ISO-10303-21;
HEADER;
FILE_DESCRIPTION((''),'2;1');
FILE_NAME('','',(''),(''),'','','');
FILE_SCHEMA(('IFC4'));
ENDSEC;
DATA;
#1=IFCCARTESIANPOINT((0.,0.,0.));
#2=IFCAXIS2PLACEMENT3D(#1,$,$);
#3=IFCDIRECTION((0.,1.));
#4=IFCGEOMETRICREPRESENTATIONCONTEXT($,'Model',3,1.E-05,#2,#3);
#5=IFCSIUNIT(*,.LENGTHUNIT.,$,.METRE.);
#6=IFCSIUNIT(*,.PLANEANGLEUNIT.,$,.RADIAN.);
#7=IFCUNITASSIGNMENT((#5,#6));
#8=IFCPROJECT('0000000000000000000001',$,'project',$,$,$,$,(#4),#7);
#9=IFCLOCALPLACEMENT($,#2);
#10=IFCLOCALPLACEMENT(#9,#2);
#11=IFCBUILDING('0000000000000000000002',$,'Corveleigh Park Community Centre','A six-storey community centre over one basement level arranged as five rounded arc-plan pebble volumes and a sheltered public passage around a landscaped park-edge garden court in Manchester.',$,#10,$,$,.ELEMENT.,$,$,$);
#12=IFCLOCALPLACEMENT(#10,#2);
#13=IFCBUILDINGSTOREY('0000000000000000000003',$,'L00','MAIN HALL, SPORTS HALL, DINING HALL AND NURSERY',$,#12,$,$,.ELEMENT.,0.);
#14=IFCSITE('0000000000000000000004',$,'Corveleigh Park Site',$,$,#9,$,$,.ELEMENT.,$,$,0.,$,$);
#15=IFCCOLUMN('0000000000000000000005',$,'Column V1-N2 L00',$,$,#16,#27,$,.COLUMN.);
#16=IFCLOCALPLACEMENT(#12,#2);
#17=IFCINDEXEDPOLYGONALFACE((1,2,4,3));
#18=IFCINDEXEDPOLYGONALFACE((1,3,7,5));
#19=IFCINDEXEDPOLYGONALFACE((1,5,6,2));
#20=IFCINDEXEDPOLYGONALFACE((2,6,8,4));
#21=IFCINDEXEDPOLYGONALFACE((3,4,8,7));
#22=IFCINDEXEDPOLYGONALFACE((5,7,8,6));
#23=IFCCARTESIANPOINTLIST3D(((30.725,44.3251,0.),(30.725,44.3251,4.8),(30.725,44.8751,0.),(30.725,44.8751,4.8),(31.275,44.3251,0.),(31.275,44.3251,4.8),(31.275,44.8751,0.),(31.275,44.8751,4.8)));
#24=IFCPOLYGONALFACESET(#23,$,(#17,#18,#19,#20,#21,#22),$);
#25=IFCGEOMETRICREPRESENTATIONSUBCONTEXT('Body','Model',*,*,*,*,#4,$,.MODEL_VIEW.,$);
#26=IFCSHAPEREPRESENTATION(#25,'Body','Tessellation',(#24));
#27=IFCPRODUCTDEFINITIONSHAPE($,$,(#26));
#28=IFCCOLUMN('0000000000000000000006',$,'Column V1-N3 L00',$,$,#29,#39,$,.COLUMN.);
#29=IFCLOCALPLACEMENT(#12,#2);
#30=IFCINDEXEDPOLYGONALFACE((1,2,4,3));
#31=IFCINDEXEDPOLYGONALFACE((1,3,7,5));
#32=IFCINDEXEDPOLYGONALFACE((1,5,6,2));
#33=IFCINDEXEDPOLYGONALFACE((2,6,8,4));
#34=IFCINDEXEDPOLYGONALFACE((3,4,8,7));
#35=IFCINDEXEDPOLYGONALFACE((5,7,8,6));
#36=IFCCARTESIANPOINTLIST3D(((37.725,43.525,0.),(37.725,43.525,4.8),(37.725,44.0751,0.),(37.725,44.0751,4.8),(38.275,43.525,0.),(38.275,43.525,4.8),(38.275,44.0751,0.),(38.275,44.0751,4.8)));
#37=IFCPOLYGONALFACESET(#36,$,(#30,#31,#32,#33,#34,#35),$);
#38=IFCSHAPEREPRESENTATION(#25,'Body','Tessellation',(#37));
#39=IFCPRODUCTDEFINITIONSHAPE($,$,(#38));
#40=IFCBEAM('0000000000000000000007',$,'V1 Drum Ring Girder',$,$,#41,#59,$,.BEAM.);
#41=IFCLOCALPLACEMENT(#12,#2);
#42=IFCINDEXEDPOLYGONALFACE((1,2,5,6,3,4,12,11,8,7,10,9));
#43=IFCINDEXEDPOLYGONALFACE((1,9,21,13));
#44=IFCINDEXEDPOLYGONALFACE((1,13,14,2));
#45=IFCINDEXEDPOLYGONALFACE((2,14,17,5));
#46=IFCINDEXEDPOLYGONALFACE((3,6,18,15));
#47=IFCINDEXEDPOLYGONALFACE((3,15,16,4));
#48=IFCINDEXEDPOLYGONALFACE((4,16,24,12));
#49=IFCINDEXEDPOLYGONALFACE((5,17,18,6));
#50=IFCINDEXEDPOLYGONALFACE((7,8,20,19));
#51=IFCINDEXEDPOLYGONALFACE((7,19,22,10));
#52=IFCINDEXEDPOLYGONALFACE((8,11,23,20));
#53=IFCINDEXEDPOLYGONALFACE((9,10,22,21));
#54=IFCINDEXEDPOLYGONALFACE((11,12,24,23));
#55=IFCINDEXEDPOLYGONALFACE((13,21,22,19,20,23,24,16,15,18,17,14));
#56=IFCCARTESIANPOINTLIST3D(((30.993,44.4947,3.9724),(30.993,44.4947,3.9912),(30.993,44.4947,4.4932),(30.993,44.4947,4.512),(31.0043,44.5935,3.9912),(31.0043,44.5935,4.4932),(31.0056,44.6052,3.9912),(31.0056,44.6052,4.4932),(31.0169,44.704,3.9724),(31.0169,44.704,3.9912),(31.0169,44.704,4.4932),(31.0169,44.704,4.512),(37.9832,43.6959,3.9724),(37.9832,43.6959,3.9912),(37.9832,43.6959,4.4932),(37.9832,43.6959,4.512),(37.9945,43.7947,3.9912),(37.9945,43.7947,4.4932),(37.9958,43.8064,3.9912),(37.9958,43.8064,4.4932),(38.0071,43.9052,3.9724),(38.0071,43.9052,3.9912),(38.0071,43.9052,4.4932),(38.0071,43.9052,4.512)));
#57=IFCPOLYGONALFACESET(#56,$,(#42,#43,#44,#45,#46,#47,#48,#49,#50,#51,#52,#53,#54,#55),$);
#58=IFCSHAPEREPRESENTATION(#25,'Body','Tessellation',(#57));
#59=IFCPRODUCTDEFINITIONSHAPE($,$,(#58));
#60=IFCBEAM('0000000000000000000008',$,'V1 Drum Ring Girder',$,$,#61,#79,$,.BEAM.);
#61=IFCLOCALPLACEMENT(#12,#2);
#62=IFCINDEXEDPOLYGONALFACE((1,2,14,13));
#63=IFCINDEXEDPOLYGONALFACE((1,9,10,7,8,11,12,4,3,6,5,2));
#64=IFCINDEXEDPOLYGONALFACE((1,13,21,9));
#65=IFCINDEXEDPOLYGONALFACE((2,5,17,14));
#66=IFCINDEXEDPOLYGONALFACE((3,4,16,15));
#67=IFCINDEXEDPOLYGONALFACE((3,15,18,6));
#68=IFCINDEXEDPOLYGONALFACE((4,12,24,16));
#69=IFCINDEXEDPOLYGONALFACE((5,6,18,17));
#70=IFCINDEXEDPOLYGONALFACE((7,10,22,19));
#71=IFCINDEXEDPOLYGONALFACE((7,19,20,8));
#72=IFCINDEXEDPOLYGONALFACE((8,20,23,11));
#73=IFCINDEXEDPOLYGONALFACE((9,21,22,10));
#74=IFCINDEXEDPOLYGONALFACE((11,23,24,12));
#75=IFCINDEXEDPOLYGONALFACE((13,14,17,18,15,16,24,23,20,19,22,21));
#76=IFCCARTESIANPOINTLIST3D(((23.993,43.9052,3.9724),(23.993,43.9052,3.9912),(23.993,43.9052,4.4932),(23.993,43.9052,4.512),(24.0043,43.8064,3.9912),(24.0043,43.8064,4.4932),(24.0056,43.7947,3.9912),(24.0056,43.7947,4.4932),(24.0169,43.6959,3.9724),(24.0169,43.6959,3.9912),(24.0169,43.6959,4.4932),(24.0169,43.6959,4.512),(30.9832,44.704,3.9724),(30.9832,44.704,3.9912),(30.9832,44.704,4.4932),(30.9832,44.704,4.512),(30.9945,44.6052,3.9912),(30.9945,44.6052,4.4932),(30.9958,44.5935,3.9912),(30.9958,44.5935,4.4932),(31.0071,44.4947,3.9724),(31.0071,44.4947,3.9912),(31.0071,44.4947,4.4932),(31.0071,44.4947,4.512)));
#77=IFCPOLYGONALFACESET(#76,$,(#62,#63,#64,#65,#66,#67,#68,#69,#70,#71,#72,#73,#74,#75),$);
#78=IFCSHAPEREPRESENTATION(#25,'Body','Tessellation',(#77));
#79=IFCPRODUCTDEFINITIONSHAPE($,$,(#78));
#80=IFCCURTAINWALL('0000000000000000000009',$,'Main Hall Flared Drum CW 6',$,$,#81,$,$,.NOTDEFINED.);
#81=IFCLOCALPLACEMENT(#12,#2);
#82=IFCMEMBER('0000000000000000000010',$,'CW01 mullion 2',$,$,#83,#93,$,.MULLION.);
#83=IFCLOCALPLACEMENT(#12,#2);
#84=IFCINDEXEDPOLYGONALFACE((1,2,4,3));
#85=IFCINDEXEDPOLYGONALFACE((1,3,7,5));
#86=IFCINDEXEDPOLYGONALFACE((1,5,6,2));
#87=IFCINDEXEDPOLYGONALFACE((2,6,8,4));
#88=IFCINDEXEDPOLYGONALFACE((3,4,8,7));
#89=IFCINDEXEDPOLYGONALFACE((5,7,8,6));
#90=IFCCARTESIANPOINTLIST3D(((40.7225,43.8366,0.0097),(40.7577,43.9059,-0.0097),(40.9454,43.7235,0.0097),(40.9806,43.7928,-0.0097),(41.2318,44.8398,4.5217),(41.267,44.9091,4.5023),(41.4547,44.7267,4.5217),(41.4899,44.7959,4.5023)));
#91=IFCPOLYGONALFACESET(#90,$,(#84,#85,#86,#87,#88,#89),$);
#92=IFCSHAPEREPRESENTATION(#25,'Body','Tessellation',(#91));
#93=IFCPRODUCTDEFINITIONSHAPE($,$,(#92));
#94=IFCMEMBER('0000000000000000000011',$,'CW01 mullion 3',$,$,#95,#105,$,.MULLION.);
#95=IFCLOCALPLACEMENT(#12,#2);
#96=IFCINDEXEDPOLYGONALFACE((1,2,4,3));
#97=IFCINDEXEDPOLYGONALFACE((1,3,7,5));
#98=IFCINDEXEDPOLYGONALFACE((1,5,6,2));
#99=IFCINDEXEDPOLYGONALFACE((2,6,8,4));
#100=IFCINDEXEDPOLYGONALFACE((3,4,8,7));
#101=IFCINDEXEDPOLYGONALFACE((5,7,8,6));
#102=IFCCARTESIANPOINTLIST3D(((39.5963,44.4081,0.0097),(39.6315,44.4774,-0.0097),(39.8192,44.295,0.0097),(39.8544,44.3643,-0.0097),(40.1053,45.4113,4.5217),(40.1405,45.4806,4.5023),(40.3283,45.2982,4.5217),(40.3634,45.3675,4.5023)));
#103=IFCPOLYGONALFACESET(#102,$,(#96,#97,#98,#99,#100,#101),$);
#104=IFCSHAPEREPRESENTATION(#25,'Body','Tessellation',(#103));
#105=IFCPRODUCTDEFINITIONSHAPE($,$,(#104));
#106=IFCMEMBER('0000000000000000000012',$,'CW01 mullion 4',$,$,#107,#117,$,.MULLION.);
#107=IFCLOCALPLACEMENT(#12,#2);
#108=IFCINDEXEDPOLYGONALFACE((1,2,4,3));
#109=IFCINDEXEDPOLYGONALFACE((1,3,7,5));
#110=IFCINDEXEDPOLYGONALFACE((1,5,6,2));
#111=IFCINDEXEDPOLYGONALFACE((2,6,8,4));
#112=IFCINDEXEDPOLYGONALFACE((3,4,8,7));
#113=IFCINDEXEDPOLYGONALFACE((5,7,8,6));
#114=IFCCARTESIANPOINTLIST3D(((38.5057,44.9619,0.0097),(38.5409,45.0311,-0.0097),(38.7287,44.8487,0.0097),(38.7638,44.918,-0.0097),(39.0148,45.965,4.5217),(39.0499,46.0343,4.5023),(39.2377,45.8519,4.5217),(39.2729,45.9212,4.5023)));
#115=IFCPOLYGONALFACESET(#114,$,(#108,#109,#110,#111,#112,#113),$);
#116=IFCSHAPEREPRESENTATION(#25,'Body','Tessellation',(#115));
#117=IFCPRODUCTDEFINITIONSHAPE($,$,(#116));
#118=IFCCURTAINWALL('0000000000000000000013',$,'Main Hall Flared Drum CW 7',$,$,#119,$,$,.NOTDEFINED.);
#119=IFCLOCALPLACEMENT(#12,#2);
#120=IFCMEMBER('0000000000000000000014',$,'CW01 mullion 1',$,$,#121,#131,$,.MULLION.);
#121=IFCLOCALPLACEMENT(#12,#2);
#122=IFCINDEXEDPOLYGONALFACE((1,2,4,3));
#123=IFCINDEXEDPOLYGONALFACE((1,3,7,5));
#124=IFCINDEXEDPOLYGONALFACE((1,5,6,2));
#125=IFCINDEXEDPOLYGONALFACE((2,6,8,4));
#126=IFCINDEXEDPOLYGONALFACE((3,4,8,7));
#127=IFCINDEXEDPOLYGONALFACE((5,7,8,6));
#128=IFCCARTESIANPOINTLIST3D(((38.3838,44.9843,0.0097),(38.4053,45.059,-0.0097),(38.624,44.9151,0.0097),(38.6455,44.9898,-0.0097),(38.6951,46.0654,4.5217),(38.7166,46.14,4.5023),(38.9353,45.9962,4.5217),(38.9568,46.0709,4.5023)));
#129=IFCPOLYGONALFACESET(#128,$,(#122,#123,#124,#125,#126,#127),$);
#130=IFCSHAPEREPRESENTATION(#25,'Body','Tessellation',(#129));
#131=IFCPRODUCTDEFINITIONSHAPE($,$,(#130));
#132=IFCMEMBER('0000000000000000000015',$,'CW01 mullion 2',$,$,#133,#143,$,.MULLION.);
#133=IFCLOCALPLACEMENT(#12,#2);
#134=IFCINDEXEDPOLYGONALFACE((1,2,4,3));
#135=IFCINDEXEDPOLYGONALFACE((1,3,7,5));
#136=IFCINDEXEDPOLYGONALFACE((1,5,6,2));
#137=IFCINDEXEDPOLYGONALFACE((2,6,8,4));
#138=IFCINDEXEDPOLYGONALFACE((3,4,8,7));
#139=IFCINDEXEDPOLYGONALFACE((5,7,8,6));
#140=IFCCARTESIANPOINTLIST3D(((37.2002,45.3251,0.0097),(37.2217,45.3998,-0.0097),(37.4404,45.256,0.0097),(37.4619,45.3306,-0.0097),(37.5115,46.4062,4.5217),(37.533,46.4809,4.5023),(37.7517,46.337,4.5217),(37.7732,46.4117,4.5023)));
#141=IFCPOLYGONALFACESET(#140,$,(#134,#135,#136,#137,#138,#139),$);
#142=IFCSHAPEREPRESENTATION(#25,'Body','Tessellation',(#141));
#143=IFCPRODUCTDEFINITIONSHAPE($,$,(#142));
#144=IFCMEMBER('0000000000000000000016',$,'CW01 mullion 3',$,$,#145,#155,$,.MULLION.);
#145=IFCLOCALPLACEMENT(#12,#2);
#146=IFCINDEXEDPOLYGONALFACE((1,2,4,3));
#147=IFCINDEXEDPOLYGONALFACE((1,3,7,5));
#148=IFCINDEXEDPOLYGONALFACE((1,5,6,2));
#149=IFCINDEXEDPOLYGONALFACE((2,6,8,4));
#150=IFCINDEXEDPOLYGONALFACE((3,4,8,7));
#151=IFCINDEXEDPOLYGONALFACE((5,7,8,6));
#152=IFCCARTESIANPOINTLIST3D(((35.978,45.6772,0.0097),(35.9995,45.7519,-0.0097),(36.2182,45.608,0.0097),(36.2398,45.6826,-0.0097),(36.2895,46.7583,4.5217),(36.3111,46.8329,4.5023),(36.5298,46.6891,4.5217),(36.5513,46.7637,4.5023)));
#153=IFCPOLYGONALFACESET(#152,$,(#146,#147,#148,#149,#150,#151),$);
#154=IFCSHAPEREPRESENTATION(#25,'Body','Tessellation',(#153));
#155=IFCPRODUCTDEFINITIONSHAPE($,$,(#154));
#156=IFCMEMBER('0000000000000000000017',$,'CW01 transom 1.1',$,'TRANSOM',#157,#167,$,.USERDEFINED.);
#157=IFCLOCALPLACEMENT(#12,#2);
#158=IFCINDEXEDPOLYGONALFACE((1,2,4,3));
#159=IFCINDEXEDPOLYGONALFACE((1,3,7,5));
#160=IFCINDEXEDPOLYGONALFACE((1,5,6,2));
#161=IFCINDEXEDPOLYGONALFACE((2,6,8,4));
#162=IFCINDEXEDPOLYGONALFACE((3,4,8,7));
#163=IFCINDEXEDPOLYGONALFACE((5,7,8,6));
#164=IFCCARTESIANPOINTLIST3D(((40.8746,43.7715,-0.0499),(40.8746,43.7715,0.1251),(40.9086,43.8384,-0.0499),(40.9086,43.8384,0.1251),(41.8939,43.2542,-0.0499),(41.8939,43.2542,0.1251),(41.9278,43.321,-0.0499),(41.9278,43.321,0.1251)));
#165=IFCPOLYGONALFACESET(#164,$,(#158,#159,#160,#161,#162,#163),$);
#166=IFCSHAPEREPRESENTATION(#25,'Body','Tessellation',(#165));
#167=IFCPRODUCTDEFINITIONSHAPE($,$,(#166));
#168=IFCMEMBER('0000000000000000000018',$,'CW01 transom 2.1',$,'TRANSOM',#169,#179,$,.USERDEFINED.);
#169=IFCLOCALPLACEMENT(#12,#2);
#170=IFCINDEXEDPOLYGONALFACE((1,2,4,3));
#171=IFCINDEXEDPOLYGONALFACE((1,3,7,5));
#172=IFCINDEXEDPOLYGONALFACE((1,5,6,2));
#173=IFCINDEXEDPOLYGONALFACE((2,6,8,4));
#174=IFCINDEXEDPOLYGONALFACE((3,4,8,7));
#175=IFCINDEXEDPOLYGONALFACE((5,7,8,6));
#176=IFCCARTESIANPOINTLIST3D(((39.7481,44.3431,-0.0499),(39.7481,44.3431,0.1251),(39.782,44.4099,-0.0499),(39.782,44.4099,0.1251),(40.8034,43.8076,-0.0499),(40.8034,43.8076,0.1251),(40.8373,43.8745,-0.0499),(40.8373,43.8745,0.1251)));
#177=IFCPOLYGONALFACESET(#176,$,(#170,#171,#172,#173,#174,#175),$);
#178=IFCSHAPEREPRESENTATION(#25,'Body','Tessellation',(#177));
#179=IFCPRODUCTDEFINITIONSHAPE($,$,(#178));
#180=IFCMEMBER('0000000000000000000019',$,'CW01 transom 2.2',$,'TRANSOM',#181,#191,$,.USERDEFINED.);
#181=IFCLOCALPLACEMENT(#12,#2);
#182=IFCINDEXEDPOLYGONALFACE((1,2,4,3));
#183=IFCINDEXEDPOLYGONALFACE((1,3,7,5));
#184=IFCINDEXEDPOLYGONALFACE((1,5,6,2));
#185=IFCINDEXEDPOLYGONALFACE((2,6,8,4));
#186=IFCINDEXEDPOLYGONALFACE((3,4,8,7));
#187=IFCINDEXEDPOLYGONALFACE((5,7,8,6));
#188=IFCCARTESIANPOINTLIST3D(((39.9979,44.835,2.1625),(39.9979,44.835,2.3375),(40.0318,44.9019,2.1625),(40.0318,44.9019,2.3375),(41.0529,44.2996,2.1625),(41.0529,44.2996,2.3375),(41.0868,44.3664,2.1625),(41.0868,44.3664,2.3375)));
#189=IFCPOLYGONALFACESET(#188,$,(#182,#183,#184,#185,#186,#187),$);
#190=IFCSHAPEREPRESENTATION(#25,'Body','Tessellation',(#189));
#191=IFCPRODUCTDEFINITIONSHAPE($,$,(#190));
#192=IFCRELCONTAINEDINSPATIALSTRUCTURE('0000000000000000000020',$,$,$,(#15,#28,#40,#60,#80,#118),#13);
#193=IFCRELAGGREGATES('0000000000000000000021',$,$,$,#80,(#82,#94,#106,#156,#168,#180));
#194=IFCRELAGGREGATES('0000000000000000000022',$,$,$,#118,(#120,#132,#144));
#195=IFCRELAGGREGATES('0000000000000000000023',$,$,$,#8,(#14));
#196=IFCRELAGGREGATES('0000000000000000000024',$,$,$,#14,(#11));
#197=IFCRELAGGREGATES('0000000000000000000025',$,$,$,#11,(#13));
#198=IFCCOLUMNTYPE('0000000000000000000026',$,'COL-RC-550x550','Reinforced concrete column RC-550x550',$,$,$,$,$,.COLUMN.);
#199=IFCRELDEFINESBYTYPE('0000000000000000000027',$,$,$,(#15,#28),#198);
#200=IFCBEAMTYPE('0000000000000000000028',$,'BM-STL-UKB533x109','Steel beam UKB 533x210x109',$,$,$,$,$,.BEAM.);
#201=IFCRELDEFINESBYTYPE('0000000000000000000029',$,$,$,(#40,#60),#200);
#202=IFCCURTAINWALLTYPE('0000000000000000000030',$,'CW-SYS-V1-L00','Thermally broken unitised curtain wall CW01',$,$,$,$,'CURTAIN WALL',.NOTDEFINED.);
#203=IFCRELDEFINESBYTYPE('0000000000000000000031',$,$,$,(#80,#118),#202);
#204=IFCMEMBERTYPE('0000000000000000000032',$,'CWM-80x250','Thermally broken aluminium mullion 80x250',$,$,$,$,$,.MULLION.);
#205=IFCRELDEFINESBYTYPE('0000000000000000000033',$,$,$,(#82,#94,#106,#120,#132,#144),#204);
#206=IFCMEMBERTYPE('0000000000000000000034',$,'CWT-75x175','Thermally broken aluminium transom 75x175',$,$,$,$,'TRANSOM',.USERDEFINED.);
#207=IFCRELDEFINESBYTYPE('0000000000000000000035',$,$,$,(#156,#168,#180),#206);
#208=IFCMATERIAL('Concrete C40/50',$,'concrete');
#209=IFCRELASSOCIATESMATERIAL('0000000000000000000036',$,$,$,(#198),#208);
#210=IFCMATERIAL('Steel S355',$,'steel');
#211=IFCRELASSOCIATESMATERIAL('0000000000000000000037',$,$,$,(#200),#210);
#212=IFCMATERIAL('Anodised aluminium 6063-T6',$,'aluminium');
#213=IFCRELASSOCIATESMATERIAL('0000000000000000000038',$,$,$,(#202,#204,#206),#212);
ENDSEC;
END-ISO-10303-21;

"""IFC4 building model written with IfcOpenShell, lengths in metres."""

from ifc_helpers import new_model, si_unit, direction, frame, origin, origin_2d, place, context, subcontext, project, spatial, rectangle, i_section, extrude, material, material_profile, profile_set, type_object, element, aggregate, save


model = new_model("IFC4")

# Units and contexts
model_context = context("Model", 3, precision=1e-05, world=origin(), true_north=direction((0.0, 1.0)))
body_context = subcontext(model_context, "Body", "Model", "MODEL_VIEW")
ifc_project = project(units=[si_unit("LENGTHUNIT", "METRE"), si_unit("PLANEANGLEUNIT", "RADIAN")], contexts=[model_context])

# Site, building, storey
site_placement = place(None, origin())
site = spatial("IfcSite", under=ifc_project, at=site_placement, Name="Corveleigh Park Site", CompositionType="ELEMENT", RefElevation=0.0)
building_placement = place(site_placement, origin())
building = spatial("IfcBuilding", under=site, at=building_placement, Name="Corveleigh Park Community Centre", Description="A six-storey community centre over one basement level arranged as five rounded arc-plan pebble volumes and a sheltered public passage around a landscaped park-edge garden court in Manchester.", CompositionType="ELEMENT")
storey_placement = place(building_placement, origin())
storey = spatial("IfcBuildingStorey", under=building, at=storey_placement, Name="L00", Description="MAIN HALL, SPORTS HALL, DINING HALL AND NURSERY", CompositionType="ELEMENT", Elevation=0.0)

# Columns
ifc_material_1 = material(Name="Concrete C40/50", Category="concrete")
ifc_material_profile_1 = material_profile(ifc_material_1, rectangle(XDim=0.55, YDim=0.55, at=origin_2d()), Name="RC-550x550", Category="concrete")
ifc_profile_set_1 = profile_set([ifc_material_profile_1], Name="Concrete C40/50")
column_type = type_object("IfcColumnType", Name="COL-RC-550x550", Description="Reinforced concrete column RC-550x550", PredefinedType="COLUMN", material=ifc_profile_set_1)
for number, where, z_axis, x_axis, name in (
    (1, (31.0, 44.6001, 0.0), (0.0, 0.0, 1.0), (1.0, 0.0, 0.0), "Column V1-N2 L00"),
    (2, (38.0, 43.8, 0.0), (0.0, 0.0, 1.0), (1.0, 0.0, 0.0), "Column V1-N3 L00"),
):
    element("IfcColumn", number, at=place(storey_placement, frame(where, z_axis=z_axis, x_axis=x_axis)), inside=storey, type_object=column_type, Name=name, PredefinedType="COLUMN", context=body_context, shape_type="SweptSolid", body=[
        extrude(rectangle(XDim=0.55, YDim=0.55, at=origin_2d()), origin(), (0.0, 0.0, 1.0), 4.8),
    ])

# Beams
ifc_material_2 = material(Name="Steel S355", Category="steel")
ifc_material_profile_2 = material_profile(ifc_material_2, i_section(OverallWidth=0.2107, OverallDepth=0.5396, WebThickness=0.0117, FlangeThickness=0.0188, at=origin_2d()), Name="UKB 533x210x109", Category="steel")
ifc_profile_set_2 = profile_set([ifc_material_profile_2], Name="Steel S355")
beam_type = type_object("IfcBeamType", Name="BM-STL-UKB533x109", Description="Steel beam UKB 533x210x109", PredefinedType="BEAM", material=ifc_profile_set_2)
for number, where, z_axis, x_axis, name in (
    (3, (37.9951, 43.8005, 4.2422), (-0.993534, 0.113539, 0.0), (-0.113539, -0.993534, 0.0), "V1 Drum Ring Girder"),
    (4, (30.9951, 44.5994, 4.2422), (-0.993534, -0.113539, 0.0), (0.113539, -0.993534, 0.0), "V1 Drum Ring Girder"),
):
    element("IfcBeam", number, at=place(storey_placement, frame(where, z_axis=z_axis, x_axis=x_axis)), inside=storey, type_object=beam_type, Name=name, PredefinedType="BEAM", context=body_context, shape_type="SweptSolid", body=[
        extrude(i_section(OverallWidth=0.2107, OverallDepth=0.5396, WebThickness=0.0117, FlangeThickness=0.0188, at=origin_2d()), origin(), (0.0, 0.0, 1.0), 7.0356),
    ])

# Curtain walls, members
ifc_material_3 = material(Name="Anodised aluminium 6063-T6", Category="aluminium")
curtain_wall_type = type_object("IfcCurtainWallType", Name="CW-SYS-V1-L00", Description="Thermally broken unitised curtain wall CW01", ElementType="CURTAIN WALL", PredefinedType="NOTDEFINED", material=ifc_material_3)
curtain_wall_1_placement = place(storey_placement, origin())
curtain_wall_1 = element("IfcCurtainWall", 5, at=curtain_wall_1_placement, inside=storey, type_object=curtain_wall_type, Name="Main Hall Flared Drum CW 6", PredefinedType="NOTDEFINED")
ifc_material_profile_3 = material_profile(ifc_material_3, rectangle(XDim=0.0801, YDim=0.25, at=origin_2d()), Name="ALU-M80x250", Category="aluminium")
ifc_profile_set_3 = profile_set([ifc_material_profile_3], Name="Anodised aluminium 6063-T6")
member_type_1 = type_object("IfcMemberType", Name="CWM-80x250", Description="Thermally broken aluminium mullion 80x250", PredefinedType="MULLION", material=ifc_profile_set_3)
member_1_placement = place(storey_placement, frame((40.8516, 43.8147, 0.0), z_axis=(0.109519, 0.215731, 0.970291), x_axis=(-0.439226, -0.865186, 0.241939)))
member_1 = element("IfcMember", 6, at=member_1_placement, type_object=member_type_1, Name="CW01 mullion 2", PredefinedType="MULLION", context=body_context, shape_type="SweptSolid", body=[
    extrude(rectangle(XDim=0.0801, YDim=0.25, at=origin_2d()), origin(), (0.0, 0.0, 1.0), 4.6501),
])
member_2_placement = place(storey_placement, frame((39.7253, 44.3862, 0.0), z_axis=(0.109468, 0.215732, 0.970297), x_axis=(-0.439061, -0.865276, 0.241917)))
member_2 = element("IfcMember", 7, at=member_2_placement, type_object=member_type_1, Name="CW01 mullion 3", PredefinedType="MULLION", context=body_context, shape_type="SweptSolid", body=[
    extrude(rectangle(XDim=0.0801, YDim=0.25, at=origin_2d()), origin(), (0.0, 0.0, 1.0), 4.6501),
])
member_3_placement = place(storey_placement, frame((38.6348, 44.9399, 0.0), z_axis=(0.109468, 0.215732, 0.970297), x_axis=(-0.439061, -0.865276, 0.241917)))
member_3 = element("IfcMember", 8, at=member_3_placement, type_object=member_type_1, Name="CW01 mullion 4", PredefinedType="MULLION", context=body_context, shape_type="SweptSolid", body=[
    extrude(rectangle(XDim=0.0801, YDim=0.25, at=origin_2d()), origin(), (0.0, 0.0, 1.0), 4.6501),
])
curtain_wall_2_placement = place(storey_placement, origin())
curtain_wall_2 = element("IfcCurtainWall", 9, at=curtain_wall_2_placement, inside=storey, type_object=curtain_wall_type, Name="Main Hall Flared Drum CW 7", PredefinedType="NOTDEFINED")
member_4_placement = place(storey_placement, frame((38.5146, 44.9871, 0.0), z_axis=(0.06694, 0.23248, 0.970295), x_axis=(-0.268479, -0.932411, 0.241926)))
member_4 = element("IfcMember", 10, at=member_4_placement, type_object=member_type_1, Name="CW01 mullion 1", PredefinedType="MULLION", context=body_context, shape_type="SweptSolid", body=[
    extrude(rectangle(XDim=0.0801, YDim=0.25, at=origin_2d()), origin(), (0.0, 0.0, 1.0), 4.6501),
])
member_5_placement = place(storey_placement, frame((37.3311, 45.3279, 0.0), z_axis=(0.06694, 0.23248, 0.970295), x_axis=(-0.268479, -0.932411, 0.241926)))
member_5 = element("IfcMember", 11, at=member_5_placement, type_object=member_type_1, Name="CW01 mullion 2", PredefinedType="MULLION", context=body_context, shape_type="SweptSolid", body=[
    extrude(rectangle(XDim=0.0801, YDim=0.25, at=origin_2d()), origin(), (0.0, 0.0, 1.0), 4.6501),
])
member_6_placement = place(storey_placement, frame((36.1089, 45.6799, 0.0), z_axis=(0.066993, 0.232479, 0.970291), x_axis=(-0.268672, -0.932352, 0.241939)))
member_6 = element("IfcMember", 12, at=member_6_placement, type_object=member_type_1, Name="CW01 mullion 3", PredefinedType="MULLION", context=body_context, shape_type="SweptSolid", body=[
    extrude(rectangle(XDim=0.0801, YDim=0.25, at=origin_2d()), origin(), (0.0, 0.0, 1.0), 4.6501),
])

# Members
ifc_material_profile_4 = material_profile(ifc_material_3, rectangle(XDim=0.075, YDim=0.175, at=origin_2d()), Name="ALU-T75x175", Category="aluminium")
ifc_profile_set_4 = profile_set([ifc_material_profile_4], Name="Anodised aluminium 6063-T6")
member_type_2 = type_object("IfcMemberType", Name="CWT-75x175", Description="Thermally broken aluminium transom 75x175", ElementType="TRANSOM", PredefinedType="USERDEFINED", material=ifc_profile_set_4)
member_7_placement = place(storey_placement, frame((41.9109, 43.2876, 0.0376), z_axis=(-0.89172, 0.452588, 0.0), x_axis=(-0.452588, -0.89172, 0.0)))
member_7 = element("IfcMember", 13, at=member_7_placement, type_object=member_type_2, Name="CW01 transom 1.1", ObjectType="TRANSOM", PredefinedType="USERDEFINED", context=body_context, shape_type="SweptSolid", body=[
    extrude(rectangle(XDim=0.075, YDim=0.175, at=origin_2d()), origin(), (0.0, 0.0, 1.0), 1.1431),
])
member_8_placement = place(storey_placement, frame((40.8203, 43.8411, 0.0376), z_axis=(-0.891771, 0.452488, 0.0), x_axis=(-0.452488, -0.891771, 0.0)))
member_8 = element("IfcMember", 14, at=member_8_placement, type_object=member_type_2, Name="CW01 transom 2.1", ObjectType="TRANSOM", PredefinedType="USERDEFINED", context=body_context, shape_type="SweptSolid", body=[
    extrude(rectangle(XDim=0.075, YDim=0.175, at=origin_2d()), origin(), (0.0, 0.0, 1.0), 1.1833),
])
member_9_placement = place(storey_placement, frame((41.0698, 44.333, 2.25), z_axis=(-0.891728, 0.452571, 0.0), x_axis=(-0.452571, -0.891728, 0.0)))
member_9 = element("IfcMember", 15, at=member_9_placement, type_object=member_type_2, Name="CW01 transom 2.2", ObjectType="TRANSOM", PredefinedType="USERDEFINED", context=body_context, shape_type="SweptSolid", body=[
    extrude(rectangle(XDim=0.075, YDim=0.175, at=origin_2d()), origin(), (0.0, 0.0, 1.0), 1.1831),
])

aggregate(curtain_wall_1, [member_1, member_2, member_3, member_7, member_8, member_9])
aggregate(curtain_wall_2, [member_4, member_5, member_6])

save(model, "model.ifc")
